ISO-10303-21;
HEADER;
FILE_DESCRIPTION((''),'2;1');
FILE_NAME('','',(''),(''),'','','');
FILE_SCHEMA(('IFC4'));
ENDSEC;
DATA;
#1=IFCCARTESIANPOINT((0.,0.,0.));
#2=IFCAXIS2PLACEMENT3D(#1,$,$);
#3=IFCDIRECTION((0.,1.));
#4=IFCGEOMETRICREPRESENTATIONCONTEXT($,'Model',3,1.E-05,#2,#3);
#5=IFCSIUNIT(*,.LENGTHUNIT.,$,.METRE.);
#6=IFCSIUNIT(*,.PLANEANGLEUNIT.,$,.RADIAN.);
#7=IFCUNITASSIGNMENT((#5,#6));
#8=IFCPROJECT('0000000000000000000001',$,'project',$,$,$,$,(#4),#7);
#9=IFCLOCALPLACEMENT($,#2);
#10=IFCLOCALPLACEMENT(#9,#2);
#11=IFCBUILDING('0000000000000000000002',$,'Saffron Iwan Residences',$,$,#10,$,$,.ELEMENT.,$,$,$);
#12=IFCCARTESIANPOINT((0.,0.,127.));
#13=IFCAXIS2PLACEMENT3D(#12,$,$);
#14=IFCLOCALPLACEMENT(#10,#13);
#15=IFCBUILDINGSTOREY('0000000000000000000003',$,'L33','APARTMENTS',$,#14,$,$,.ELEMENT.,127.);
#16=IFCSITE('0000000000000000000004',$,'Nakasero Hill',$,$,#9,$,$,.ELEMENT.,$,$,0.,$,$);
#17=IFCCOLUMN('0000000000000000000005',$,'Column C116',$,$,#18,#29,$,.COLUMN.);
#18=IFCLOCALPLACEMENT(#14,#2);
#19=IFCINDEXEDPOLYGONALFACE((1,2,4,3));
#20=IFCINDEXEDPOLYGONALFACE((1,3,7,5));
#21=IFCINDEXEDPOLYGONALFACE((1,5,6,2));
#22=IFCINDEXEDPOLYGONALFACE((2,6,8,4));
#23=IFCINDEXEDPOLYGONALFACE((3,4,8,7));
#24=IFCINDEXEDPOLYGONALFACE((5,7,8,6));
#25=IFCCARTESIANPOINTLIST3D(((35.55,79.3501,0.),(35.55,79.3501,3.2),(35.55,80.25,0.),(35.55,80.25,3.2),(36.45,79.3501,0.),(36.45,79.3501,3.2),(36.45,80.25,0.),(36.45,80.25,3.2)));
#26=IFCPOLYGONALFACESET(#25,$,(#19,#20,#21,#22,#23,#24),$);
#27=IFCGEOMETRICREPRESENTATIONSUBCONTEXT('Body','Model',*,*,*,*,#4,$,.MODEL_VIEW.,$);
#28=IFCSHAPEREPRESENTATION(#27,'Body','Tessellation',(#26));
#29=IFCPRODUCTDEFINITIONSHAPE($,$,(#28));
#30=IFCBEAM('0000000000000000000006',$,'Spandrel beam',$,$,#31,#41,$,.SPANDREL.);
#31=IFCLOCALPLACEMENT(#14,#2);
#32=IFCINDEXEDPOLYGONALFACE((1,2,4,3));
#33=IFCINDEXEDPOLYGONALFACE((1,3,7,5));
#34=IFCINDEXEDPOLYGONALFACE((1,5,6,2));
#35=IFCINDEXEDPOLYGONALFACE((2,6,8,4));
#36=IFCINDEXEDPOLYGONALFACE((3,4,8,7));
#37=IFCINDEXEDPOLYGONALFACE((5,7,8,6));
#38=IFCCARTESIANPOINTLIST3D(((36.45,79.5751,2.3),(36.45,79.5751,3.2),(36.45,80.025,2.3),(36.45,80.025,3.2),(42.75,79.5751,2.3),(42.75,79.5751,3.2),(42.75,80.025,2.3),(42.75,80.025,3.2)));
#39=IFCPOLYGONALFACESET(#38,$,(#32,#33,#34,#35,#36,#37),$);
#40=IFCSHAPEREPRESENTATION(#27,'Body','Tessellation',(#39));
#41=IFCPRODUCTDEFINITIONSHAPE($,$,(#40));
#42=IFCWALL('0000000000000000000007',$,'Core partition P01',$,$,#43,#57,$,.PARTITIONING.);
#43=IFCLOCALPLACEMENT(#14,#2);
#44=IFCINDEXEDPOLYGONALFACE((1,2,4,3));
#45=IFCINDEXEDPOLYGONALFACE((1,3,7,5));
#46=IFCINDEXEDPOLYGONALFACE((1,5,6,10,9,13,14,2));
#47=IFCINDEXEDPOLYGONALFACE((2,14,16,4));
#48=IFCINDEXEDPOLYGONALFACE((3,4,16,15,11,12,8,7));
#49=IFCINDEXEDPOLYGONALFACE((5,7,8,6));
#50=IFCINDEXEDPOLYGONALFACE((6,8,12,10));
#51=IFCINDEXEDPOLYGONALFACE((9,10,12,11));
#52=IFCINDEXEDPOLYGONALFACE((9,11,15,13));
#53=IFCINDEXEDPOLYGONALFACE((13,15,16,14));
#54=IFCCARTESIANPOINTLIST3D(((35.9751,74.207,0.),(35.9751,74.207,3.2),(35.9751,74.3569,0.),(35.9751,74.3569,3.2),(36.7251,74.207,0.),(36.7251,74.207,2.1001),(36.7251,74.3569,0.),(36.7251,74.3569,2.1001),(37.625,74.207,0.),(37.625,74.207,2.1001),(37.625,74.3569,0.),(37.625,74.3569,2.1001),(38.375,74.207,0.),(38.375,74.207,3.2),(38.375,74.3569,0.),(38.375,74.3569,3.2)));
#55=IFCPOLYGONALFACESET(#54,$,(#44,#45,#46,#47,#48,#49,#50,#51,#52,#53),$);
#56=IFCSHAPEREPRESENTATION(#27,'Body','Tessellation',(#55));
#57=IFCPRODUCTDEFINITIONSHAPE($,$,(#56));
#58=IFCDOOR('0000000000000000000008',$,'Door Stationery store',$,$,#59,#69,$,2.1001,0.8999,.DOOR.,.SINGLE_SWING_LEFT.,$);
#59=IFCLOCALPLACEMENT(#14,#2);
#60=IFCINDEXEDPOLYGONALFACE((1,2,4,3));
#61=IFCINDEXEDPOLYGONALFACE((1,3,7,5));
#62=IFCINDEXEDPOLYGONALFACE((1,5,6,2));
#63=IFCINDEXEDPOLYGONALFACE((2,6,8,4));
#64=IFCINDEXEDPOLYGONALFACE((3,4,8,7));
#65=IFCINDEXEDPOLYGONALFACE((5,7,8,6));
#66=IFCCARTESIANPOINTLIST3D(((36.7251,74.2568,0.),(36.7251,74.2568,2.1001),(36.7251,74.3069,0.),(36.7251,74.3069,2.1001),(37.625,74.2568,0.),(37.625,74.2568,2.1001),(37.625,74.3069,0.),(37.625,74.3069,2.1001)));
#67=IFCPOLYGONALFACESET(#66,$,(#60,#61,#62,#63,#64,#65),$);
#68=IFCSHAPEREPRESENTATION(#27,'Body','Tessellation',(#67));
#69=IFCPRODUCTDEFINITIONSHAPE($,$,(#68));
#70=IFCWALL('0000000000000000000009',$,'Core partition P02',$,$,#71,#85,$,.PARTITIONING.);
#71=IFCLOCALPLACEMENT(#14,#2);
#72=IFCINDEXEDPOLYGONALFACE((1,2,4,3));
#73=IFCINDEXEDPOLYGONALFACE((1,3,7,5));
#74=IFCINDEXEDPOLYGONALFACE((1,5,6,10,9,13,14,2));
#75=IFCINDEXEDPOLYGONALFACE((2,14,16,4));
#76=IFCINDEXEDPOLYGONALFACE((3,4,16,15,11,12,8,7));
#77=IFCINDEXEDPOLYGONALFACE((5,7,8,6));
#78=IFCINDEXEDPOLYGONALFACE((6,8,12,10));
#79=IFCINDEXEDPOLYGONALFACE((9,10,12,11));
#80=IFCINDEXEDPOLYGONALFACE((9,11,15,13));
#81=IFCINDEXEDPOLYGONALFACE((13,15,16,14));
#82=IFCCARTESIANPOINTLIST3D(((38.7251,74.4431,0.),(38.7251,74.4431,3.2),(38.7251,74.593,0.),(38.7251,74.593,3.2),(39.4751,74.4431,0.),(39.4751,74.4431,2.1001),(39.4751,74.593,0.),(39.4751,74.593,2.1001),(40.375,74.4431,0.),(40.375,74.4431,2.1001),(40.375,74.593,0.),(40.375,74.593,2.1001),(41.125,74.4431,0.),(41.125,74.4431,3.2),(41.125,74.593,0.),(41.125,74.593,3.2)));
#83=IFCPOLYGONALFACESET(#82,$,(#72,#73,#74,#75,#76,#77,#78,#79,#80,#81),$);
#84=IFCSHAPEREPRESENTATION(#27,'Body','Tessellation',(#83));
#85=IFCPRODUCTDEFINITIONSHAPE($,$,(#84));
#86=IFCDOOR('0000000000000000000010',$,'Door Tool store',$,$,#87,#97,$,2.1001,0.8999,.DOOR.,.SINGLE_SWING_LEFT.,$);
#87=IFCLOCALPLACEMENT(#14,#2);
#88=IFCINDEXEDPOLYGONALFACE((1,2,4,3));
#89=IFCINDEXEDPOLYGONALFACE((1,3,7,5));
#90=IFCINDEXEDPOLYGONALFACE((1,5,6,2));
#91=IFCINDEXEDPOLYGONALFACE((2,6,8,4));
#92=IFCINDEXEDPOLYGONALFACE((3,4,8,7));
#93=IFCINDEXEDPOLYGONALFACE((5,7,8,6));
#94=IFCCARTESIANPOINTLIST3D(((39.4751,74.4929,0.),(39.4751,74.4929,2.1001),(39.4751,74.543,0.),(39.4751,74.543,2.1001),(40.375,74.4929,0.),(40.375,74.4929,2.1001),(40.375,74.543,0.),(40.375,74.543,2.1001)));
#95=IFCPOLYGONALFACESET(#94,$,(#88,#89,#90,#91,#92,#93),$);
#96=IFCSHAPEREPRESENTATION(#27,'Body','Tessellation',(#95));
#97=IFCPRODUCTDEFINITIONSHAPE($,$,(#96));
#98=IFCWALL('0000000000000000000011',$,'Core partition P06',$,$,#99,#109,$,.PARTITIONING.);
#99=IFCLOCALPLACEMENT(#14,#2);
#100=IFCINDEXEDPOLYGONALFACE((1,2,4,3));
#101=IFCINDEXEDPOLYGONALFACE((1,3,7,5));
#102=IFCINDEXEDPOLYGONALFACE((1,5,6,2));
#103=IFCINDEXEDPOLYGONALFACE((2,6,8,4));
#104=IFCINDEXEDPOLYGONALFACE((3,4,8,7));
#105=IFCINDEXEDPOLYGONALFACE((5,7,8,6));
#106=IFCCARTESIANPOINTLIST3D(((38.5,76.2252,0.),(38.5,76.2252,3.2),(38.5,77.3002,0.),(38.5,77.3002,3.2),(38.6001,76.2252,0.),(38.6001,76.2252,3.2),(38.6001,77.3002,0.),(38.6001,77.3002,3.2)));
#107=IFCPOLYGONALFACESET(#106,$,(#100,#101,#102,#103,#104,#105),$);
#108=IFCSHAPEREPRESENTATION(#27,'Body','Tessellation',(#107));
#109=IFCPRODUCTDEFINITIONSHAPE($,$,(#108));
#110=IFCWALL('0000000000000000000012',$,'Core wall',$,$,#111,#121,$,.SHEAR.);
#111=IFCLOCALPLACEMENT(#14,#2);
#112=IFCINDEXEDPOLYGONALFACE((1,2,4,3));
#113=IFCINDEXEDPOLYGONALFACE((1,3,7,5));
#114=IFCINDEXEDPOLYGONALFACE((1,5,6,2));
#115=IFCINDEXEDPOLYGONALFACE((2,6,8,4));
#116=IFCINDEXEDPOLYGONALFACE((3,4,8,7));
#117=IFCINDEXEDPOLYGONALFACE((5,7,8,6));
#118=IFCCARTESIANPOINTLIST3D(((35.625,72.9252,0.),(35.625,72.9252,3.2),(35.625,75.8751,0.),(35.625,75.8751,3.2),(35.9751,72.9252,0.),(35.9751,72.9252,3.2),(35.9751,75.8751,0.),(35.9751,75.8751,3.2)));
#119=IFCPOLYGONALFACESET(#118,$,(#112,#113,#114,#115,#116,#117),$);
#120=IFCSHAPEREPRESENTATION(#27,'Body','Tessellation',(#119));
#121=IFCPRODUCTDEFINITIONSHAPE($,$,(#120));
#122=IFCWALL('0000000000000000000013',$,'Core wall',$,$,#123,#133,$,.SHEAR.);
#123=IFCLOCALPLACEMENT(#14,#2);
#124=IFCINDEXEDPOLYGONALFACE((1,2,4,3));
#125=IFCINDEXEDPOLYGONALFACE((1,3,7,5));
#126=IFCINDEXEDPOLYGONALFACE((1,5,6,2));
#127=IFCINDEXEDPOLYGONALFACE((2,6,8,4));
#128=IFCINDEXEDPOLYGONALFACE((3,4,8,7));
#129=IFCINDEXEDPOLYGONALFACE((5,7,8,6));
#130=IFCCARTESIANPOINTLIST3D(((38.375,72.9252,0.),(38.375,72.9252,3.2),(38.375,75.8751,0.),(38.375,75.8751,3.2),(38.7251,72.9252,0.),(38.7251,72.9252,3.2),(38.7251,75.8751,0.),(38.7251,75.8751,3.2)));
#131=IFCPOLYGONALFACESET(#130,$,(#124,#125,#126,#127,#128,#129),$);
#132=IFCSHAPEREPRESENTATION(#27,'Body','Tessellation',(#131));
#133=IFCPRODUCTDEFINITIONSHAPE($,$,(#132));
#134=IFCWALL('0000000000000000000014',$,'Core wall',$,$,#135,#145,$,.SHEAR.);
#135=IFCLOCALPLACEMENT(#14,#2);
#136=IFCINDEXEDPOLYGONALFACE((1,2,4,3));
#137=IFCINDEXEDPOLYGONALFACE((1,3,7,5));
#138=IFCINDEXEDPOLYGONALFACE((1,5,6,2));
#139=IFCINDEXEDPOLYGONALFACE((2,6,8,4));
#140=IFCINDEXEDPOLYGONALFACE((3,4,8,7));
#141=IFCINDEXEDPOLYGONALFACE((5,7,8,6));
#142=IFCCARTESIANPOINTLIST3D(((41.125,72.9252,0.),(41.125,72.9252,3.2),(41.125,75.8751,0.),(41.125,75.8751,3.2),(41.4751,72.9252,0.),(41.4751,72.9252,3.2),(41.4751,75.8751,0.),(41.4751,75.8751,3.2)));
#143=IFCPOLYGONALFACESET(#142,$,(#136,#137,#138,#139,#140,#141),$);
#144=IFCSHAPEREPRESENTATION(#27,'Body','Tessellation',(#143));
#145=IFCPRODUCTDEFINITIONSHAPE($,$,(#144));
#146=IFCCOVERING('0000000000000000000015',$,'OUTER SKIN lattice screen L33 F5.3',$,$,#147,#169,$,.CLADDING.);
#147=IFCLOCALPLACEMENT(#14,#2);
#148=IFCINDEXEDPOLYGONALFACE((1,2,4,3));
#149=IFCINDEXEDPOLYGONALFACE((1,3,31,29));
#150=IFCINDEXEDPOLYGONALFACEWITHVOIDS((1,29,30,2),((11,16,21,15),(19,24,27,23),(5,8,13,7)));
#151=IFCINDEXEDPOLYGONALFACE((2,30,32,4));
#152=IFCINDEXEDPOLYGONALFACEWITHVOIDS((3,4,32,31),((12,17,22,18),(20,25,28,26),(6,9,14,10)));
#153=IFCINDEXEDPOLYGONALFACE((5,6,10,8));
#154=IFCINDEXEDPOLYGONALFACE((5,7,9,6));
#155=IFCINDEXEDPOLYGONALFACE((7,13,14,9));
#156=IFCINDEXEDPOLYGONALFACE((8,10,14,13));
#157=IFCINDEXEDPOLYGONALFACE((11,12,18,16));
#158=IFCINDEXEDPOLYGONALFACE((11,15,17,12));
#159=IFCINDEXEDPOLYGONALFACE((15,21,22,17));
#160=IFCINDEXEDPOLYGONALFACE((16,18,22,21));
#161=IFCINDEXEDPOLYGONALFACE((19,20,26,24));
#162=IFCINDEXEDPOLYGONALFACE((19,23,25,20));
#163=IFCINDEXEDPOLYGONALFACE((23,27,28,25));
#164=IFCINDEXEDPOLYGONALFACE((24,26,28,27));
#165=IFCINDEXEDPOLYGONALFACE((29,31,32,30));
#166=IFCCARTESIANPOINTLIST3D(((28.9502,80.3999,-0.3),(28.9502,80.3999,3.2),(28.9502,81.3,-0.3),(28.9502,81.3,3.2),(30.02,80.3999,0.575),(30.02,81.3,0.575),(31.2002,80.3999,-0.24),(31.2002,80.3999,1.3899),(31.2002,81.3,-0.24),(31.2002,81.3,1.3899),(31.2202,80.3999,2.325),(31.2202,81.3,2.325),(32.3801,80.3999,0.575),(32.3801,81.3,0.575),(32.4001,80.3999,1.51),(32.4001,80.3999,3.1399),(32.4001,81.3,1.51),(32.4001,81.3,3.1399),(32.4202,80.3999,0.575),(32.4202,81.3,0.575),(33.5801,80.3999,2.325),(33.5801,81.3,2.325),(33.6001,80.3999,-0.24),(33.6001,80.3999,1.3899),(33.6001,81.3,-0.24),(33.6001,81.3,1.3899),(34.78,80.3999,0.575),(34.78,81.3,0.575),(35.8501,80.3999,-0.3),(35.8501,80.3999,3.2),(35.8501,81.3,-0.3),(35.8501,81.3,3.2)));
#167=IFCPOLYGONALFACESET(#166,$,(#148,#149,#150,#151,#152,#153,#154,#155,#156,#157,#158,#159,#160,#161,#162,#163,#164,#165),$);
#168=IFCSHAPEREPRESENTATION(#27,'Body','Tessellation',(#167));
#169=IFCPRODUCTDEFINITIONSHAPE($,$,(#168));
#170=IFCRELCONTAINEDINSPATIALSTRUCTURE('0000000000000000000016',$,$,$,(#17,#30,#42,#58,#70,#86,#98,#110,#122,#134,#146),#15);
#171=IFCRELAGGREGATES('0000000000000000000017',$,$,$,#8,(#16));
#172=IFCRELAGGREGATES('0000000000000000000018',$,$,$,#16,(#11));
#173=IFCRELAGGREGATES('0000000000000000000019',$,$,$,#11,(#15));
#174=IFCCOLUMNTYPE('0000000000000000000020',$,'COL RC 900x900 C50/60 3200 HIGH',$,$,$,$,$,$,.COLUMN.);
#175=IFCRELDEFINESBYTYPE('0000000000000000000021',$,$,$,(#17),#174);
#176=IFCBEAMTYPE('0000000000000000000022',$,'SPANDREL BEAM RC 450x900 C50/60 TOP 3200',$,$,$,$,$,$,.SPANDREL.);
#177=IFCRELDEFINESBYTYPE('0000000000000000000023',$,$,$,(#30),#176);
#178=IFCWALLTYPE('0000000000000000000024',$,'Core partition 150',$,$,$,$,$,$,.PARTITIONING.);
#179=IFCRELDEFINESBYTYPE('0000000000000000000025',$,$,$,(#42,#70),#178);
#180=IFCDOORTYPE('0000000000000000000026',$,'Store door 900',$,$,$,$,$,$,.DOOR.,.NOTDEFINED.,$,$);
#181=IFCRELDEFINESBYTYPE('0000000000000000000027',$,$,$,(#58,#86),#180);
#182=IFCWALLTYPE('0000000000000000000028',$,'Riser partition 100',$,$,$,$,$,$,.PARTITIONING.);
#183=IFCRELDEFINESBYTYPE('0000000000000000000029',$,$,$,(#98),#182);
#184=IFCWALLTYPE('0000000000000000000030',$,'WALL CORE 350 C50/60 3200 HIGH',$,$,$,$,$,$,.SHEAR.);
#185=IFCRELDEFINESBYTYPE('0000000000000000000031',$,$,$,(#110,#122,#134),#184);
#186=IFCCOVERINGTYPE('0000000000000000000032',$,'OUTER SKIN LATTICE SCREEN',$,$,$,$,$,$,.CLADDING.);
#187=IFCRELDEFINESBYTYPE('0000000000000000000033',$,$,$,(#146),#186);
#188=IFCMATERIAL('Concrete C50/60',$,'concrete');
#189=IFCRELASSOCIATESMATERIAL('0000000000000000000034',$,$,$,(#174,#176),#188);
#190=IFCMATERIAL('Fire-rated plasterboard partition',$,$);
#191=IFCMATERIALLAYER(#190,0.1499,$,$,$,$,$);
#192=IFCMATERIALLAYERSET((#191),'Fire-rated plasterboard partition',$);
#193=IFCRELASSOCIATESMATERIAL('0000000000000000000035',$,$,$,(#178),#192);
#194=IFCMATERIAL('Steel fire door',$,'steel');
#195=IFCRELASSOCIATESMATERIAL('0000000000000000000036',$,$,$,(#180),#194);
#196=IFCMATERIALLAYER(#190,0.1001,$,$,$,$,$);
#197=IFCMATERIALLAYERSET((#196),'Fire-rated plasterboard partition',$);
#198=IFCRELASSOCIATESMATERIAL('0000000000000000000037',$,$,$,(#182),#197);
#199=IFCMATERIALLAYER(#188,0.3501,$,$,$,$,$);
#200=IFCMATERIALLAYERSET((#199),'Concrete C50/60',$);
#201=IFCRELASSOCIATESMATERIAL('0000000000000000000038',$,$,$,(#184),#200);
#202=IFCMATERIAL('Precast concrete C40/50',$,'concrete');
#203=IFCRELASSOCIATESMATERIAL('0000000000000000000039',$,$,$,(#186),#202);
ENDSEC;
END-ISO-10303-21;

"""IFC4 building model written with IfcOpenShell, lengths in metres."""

from ifc_helpers import new_model, si_unit, direction, frame, frame_2d, origin, origin_2d, place, context, subcontext, project, spatial, polyline, rectangle, outline, extrude, source, transform, mapped, material, layer, layer_set, material_profile, profile_set, type_object, element, fill, save


model = new_model("IFC4")

# Units and contexts
model_context = context("Model", 3, precision=1e-05, world=origin(), true_north=direction((0.0, 1.0)))
body_context = subcontext(model_context, "Body", "Model", "MODEL_VIEW")
ifc_project = project(units=[si_unit("LENGTHUNIT", "METRE"), si_unit("PLANEANGLEUNIT", "RADIAN")], contexts=[model_context])

# Site, building, storey
site_placement = place(None, origin())
site = spatial("IfcSite", under=ifc_project, at=site_placement, Name="Nakasero Hill", CompositionType="ELEMENT", RefElevation=0.0)
building_placement = place(site_placement, origin())
building = spatial("IfcBuilding", under=site, at=building_placement, Name="Saffron Iwan Residences", CompositionType="ELEMENT")
storey_placement = place(building_placement, frame((0.0, 0.0, 127.0)))
storey = spatial("IfcBuildingStorey", under=building, at=storey_placement, Name="L33", Description="APARTMENTS", CompositionType="ELEMENT", Elevation=127.0)

# Column
ifc_material_1 = material(Name="Concrete C50/60", Category="concrete")
ifc_material_profile_1 = material_profile(ifc_material_1, rectangle(XDim=0.8999, YDim=0.8999, at=origin_2d()), Name="RC 900x900")
ifc_profile_set_1 = profile_set([ifc_material_profile_1], Name="Concrete C50/60")
column_type = type_object("IfcColumnType", Name="COL RC 900x900 C50/60 3200 HIGH", PredefinedType="COLUMN", material=ifc_profile_set_1)
shared_shape_1 = source(origin(), body_context, "Body", "SweptSolid", [
    extrude(rectangle(XDim=0.8999, YDim=0.8999, at=origin_2d()), origin(), (0.0, 0.0, 1.0), 3.2),
])
column_placement = place(storey_placement, frame((36.0, 79.8, 0.0), z_axis=(0.0, 0.0, 1.0), x_axis=(1.0, 0.0, 0.0)))
element("IfcColumn", 1, at=column_placement, inside=storey, type_object=column_type, Name="Column C116", PredefinedType="COLUMN", context=body_context, shape_type="MappedRepresentation", body=[
    mapped(shared_shape_1, transform((0.0, 0.0, 0.0))),
])

# Beam
ifc_material_profile_2 = material_profile(ifc_material_1, rectangle(XDim=0.45, YDim=0.8999, at=origin_2d()), Name="RC 450x900")
ifc_profile_set_2 = profile_set([ifc_material_profile_2], Name="Concrete C50/60")
beam_type = type_object("IfcBeamType", Name="SPANDREL BEAM RC 450x900 C50/60 TOP 3200", PredefinedType="SPANDREL", material=ifc_profile_set_2)
shared_shape_2 = source(origin(), body_context, "Body", "SweptSolid", [
    extrude(rectangle(XDim=0.45, YDim=0.8999, at=origin_2d()), origin(), (0.0, 0.0, 1.0), 6.3),
])
beam_placement = place(storey_placement, frame((36.45, 79.8, 2.75), z_axis=(1.0, 0.0, 0.0), x_axis=(0.0, 1.0, 0.0)))
element("IfcBeam", 2, at=beam_placement, inside=storey, type_object=beam_type, Name="Spandrel beam", PredefinedType="SPANDREL", context=body_context, shape_type="MappedRepresentation", body=[
    mapped(shared_shape_2, transform((0.0, 0.0, 0.0))),
])

# Walls, openings, doors
ifc_material_2 = material(Name="Fire-rated plasterboard partition")
ifc_layer_1 = layer(ifc_material_2, 0.1499)
ifc_layer_set_1 = layer_set([ifc_layer_1], Name="Fire-rated plasterboard partition")
wall_type_1 = type_object("IfcWallType", Name="Core partition 150", PredefinedType="PARTITIONING", material=ifc_layer_set_1)
wall_1_placement = place(storey_placement, frame((35.9751, 74.282, 0.0), z_axis=(0.0, 0.0, 1.0), x_axis=(1.0, 0.0, 0.0)))
wall_1 = element("IfcWall", 3, at=wall_1_placement, inside=storey, type_object=wall_type_1, Name="Core partition P01", PredefinedType="PARTITIONING", context=body_context, shape_type="SweptSolid", body=[
    extrude(rectangle(XDim=2.3999, YDim=0.1499, at=frame_2d((1.2, 0.0))), origin(), (0.0, 0.0, 1.0), 3.2),
])
opening_1_placement = place(wall_1_placement, frame((0.75, 0.0, 0.0)))
opening_1 = element("IfcOpeningElement", 4, at=opening_1_placement, cuts=wall_1, PredefinedType="OPENING", context=body_context, shape_type="SweptSolid", body=[
    extrude(rectangle(XDim=0.8999, YDim=2.1001, at=frame_2d((0.45, 1.05))), frame((0.0, 0.085, 0.0), z_axis=(0.0, -1.0, 0.0), x_axis=(1.0, 0.0, 0.0)), (0.0, 0.0, 1.0), 0.1699),
])
ifc_material_3 = material(Name="Steel fire door", Category="steel")
door_type = type_object("IfcDoorType", Name="Store door 900", OperationType="NOTDEFINED", PredefinedType="DOOR", material=ifc_material_3)
door_1_placement = place(opening_1_placement, origin())
door_1 = element("IfcDoor", 5, at=door_1_placement, inside=storey, type_object=door_type, Name="Door Stationery store", OperationType="SINGLE_SWING_LEFT", OverallHeight=2.1001, OverallWidth=0.8999, PredefinedType="DOOR", context=body_context, shape_type="SweptSolid", body=[
    extrude(rectangle(XDim=0.8999, YDim=2.1001, at=frame_2d((0.45, 1.05))), frame((0.0, 0.0249, 0.0), z_axis=(0.0, -1.0, 0.0), x_axis=(1.0, 0.0, 0.0)), (0.0, 0.0, 1.0), 0.05),
])
fill(opening_1, door_1)
wall_2_placement = place(storey_placement, frame((38.7251, 74.5181, 0.0), z_axis=(0.0, 0.0, 1.0), x_axis=(1.0, 0.0, 0.0)))
wall_2 = element("IfcWall", 6, at=wall_2_placement, inside=storey, type_object=wall_type_1, Name="Core partition P02", PredefinedType="PARTITIONING", context=body_context, shape_type="SweptSolid", body=[
    extrude(rectangle(XDim=2.3999, YDim=0.1499, at=frame_2d((1.2, 0.0))), origin(), (0.0, 0.0, 1.0), 3.2),
])
opening_2_placement = place(wall_2_placement, frame((0.75, 0.0, 0.0)))
opening_2 = element("IfcOpeningElement", 7, at=opening_2_placement, cuts=wall_2, PredefinedType="OPENING", context=body_context, shape_type="SweptSolid", body=[
    extrude(rectangle(XDim=0.8999, YDim=2.1001, at=frame_2d((0.45, 1.05))), frame((0.0, 0.085, 0.0), z_axis=(0.0, -1.0, 0.0), x_axis=(1.0, 0.0, 0.0)), (0.0, 0.0, 1.0), 0.1699),
])
door_2_placement = place(opening_2_placement, origin())
door_2 = element("IfcDoor", 8, at=door_2_placement, inside=storey, type_object=door_type, Name="Door Tool store", OperationType="SINGLE_SWING_LEFT", OverallHeight=2.1001, OverallWidth=0.8999, PredefinedType="DOOR", context=body_context, shape_type="SweptSolid", body=[
    extrude(rectangle(XDim=0.8999, YDim=2.1001, at=frame_2d((0.45, 1.05))), frame((0.0, 0.0249, 0.0), z_axis=(0.0, -1.0, 0.0), x_axis=(1.0, 0.0, 0.0)), (0.0, 0.0, 1.0), 0.05),
])
fill(opening_2, door_2)

# Walls
ifc_layer_2 = layer(ifc_material_2, 0.1001)
ifc_layer_set_2 = layer_set([ifc_layer_2], Name="Fire-rated plasterboard partition")
wall_type_2 = type_object("IfcWallType", Name="Riser partition 100", PredefinedType="PARTITIONING", material=ifc_layer_set_2)
wall_3_placement = place(storey_placement, frame((38.55, 76.2251, 0.0), z_axis=(0.0, 0.0, 1.0), x_axis=(0.0, 1.0, 0.0)))
element("IfcWall", 9, at=wall_3_placement, inside=storey, type_object=wall_type_2, Name="Core partition P06", PredefinedType="PARTITIONING", context=body_context, shape_type="SweptSolid", body=[
    extrude(rectangle(XDim=1.075, YDim=0.1001, at=frame_2d((0.5376, 0.0))), origin(), (0.0, 0.0, 1.0), 3.2),
])
ifc_layer_3 = layer(ifc_material_1, 0.3501)
ifc_layer_set_3 = layer_set([ifc_layer_3], Name="Concrete C50/60")
wall_type_3 = type_object("IfcWallType", Name="WALL CORE 350 C50/60 3200 HIGH", PredefinedType="SHEAR", material=ifc_layer_set_3)
for number, where, z_axis, x_axis, name in (
    (10, (35.8, 72.925, 0.0), (0.0, 0.0, 1.0), (0.0, 1.0, 0.0), "Core wall"),
    (11, (38.55, 72.925, 0.0), (0.0, 0.0, 1.0), (0.0, 1.0, 0.0), "Core wall"),
    (12, (41.3, 72.925, 0.0), (0.0, 0.0, 1.0), (0.0, 1.0, 0.0), "Core wall"),
):
    element("IfcWall", number, at=place(storey_placement, frame(where, z_axis=z_axis, x_axis=x_axis)), inside=storey, type_object=wall_type_3, Name=name, PredefinedType="SHEAR", context=body_context, shape_type="SweptSolid", body=[
        extrude(rectangle(XDim=2.95, YDim=0.3501, at=frame_2d((1.4751, 0.0))), origin(), (0.0, 0.0, 1.0), 3.2),
    ])

# Covering
ifc_material_4 = material(Name="Precast concrete C40/50", Category="concrete")
covering_type_1 = type_object("IfcCoveringType", Name="OUTER SKIN LATTICE SCREEN", PredefinedType="CLADDING", material=ifc_material_4)
covering_1_placement = place(storey_placement, frame((35.8501, 80.3999, -0.3), z_axis=(0.0, 1.0, 0.0), x_axis=(-1.0, 0.0, 0.0)))
element("IfcCovering", 13, at=covering_1_placement, inside=storey, type_object=covering_type_1, Name="OUTER SKIN lattice screen L33 F5.3", PredefinedType="CLADDING", context=body_context, shape_type="SweptSolid", body=[
    extrude(outline(polyline([(0.0, 0.0), (6.8999, 0.0), (6.8999, 3.5), (0.0, 3.5), (0.0, 0.0)]), holes=[polyline([(1.0701, 0.875), (2.25, 0.0601), (3.4299, 0.875), (2.25, 1.6899), (1.0701, 0.875)]), polyline([(3.47, 0.875), (4.6499, 0.0601), (5.8301, 0.875), (4.6499, 1.6899), (3.47, 0.875)]), polyline([(2.27, 2.625), (3.45, 1.8101), (4.6299, 2.625), (3.45, 3.4399), (2.27, 2.625)])]), origin(), (0.0, 0.0, 1.0), 0.9001),
])

save(model, "model.ifc")
